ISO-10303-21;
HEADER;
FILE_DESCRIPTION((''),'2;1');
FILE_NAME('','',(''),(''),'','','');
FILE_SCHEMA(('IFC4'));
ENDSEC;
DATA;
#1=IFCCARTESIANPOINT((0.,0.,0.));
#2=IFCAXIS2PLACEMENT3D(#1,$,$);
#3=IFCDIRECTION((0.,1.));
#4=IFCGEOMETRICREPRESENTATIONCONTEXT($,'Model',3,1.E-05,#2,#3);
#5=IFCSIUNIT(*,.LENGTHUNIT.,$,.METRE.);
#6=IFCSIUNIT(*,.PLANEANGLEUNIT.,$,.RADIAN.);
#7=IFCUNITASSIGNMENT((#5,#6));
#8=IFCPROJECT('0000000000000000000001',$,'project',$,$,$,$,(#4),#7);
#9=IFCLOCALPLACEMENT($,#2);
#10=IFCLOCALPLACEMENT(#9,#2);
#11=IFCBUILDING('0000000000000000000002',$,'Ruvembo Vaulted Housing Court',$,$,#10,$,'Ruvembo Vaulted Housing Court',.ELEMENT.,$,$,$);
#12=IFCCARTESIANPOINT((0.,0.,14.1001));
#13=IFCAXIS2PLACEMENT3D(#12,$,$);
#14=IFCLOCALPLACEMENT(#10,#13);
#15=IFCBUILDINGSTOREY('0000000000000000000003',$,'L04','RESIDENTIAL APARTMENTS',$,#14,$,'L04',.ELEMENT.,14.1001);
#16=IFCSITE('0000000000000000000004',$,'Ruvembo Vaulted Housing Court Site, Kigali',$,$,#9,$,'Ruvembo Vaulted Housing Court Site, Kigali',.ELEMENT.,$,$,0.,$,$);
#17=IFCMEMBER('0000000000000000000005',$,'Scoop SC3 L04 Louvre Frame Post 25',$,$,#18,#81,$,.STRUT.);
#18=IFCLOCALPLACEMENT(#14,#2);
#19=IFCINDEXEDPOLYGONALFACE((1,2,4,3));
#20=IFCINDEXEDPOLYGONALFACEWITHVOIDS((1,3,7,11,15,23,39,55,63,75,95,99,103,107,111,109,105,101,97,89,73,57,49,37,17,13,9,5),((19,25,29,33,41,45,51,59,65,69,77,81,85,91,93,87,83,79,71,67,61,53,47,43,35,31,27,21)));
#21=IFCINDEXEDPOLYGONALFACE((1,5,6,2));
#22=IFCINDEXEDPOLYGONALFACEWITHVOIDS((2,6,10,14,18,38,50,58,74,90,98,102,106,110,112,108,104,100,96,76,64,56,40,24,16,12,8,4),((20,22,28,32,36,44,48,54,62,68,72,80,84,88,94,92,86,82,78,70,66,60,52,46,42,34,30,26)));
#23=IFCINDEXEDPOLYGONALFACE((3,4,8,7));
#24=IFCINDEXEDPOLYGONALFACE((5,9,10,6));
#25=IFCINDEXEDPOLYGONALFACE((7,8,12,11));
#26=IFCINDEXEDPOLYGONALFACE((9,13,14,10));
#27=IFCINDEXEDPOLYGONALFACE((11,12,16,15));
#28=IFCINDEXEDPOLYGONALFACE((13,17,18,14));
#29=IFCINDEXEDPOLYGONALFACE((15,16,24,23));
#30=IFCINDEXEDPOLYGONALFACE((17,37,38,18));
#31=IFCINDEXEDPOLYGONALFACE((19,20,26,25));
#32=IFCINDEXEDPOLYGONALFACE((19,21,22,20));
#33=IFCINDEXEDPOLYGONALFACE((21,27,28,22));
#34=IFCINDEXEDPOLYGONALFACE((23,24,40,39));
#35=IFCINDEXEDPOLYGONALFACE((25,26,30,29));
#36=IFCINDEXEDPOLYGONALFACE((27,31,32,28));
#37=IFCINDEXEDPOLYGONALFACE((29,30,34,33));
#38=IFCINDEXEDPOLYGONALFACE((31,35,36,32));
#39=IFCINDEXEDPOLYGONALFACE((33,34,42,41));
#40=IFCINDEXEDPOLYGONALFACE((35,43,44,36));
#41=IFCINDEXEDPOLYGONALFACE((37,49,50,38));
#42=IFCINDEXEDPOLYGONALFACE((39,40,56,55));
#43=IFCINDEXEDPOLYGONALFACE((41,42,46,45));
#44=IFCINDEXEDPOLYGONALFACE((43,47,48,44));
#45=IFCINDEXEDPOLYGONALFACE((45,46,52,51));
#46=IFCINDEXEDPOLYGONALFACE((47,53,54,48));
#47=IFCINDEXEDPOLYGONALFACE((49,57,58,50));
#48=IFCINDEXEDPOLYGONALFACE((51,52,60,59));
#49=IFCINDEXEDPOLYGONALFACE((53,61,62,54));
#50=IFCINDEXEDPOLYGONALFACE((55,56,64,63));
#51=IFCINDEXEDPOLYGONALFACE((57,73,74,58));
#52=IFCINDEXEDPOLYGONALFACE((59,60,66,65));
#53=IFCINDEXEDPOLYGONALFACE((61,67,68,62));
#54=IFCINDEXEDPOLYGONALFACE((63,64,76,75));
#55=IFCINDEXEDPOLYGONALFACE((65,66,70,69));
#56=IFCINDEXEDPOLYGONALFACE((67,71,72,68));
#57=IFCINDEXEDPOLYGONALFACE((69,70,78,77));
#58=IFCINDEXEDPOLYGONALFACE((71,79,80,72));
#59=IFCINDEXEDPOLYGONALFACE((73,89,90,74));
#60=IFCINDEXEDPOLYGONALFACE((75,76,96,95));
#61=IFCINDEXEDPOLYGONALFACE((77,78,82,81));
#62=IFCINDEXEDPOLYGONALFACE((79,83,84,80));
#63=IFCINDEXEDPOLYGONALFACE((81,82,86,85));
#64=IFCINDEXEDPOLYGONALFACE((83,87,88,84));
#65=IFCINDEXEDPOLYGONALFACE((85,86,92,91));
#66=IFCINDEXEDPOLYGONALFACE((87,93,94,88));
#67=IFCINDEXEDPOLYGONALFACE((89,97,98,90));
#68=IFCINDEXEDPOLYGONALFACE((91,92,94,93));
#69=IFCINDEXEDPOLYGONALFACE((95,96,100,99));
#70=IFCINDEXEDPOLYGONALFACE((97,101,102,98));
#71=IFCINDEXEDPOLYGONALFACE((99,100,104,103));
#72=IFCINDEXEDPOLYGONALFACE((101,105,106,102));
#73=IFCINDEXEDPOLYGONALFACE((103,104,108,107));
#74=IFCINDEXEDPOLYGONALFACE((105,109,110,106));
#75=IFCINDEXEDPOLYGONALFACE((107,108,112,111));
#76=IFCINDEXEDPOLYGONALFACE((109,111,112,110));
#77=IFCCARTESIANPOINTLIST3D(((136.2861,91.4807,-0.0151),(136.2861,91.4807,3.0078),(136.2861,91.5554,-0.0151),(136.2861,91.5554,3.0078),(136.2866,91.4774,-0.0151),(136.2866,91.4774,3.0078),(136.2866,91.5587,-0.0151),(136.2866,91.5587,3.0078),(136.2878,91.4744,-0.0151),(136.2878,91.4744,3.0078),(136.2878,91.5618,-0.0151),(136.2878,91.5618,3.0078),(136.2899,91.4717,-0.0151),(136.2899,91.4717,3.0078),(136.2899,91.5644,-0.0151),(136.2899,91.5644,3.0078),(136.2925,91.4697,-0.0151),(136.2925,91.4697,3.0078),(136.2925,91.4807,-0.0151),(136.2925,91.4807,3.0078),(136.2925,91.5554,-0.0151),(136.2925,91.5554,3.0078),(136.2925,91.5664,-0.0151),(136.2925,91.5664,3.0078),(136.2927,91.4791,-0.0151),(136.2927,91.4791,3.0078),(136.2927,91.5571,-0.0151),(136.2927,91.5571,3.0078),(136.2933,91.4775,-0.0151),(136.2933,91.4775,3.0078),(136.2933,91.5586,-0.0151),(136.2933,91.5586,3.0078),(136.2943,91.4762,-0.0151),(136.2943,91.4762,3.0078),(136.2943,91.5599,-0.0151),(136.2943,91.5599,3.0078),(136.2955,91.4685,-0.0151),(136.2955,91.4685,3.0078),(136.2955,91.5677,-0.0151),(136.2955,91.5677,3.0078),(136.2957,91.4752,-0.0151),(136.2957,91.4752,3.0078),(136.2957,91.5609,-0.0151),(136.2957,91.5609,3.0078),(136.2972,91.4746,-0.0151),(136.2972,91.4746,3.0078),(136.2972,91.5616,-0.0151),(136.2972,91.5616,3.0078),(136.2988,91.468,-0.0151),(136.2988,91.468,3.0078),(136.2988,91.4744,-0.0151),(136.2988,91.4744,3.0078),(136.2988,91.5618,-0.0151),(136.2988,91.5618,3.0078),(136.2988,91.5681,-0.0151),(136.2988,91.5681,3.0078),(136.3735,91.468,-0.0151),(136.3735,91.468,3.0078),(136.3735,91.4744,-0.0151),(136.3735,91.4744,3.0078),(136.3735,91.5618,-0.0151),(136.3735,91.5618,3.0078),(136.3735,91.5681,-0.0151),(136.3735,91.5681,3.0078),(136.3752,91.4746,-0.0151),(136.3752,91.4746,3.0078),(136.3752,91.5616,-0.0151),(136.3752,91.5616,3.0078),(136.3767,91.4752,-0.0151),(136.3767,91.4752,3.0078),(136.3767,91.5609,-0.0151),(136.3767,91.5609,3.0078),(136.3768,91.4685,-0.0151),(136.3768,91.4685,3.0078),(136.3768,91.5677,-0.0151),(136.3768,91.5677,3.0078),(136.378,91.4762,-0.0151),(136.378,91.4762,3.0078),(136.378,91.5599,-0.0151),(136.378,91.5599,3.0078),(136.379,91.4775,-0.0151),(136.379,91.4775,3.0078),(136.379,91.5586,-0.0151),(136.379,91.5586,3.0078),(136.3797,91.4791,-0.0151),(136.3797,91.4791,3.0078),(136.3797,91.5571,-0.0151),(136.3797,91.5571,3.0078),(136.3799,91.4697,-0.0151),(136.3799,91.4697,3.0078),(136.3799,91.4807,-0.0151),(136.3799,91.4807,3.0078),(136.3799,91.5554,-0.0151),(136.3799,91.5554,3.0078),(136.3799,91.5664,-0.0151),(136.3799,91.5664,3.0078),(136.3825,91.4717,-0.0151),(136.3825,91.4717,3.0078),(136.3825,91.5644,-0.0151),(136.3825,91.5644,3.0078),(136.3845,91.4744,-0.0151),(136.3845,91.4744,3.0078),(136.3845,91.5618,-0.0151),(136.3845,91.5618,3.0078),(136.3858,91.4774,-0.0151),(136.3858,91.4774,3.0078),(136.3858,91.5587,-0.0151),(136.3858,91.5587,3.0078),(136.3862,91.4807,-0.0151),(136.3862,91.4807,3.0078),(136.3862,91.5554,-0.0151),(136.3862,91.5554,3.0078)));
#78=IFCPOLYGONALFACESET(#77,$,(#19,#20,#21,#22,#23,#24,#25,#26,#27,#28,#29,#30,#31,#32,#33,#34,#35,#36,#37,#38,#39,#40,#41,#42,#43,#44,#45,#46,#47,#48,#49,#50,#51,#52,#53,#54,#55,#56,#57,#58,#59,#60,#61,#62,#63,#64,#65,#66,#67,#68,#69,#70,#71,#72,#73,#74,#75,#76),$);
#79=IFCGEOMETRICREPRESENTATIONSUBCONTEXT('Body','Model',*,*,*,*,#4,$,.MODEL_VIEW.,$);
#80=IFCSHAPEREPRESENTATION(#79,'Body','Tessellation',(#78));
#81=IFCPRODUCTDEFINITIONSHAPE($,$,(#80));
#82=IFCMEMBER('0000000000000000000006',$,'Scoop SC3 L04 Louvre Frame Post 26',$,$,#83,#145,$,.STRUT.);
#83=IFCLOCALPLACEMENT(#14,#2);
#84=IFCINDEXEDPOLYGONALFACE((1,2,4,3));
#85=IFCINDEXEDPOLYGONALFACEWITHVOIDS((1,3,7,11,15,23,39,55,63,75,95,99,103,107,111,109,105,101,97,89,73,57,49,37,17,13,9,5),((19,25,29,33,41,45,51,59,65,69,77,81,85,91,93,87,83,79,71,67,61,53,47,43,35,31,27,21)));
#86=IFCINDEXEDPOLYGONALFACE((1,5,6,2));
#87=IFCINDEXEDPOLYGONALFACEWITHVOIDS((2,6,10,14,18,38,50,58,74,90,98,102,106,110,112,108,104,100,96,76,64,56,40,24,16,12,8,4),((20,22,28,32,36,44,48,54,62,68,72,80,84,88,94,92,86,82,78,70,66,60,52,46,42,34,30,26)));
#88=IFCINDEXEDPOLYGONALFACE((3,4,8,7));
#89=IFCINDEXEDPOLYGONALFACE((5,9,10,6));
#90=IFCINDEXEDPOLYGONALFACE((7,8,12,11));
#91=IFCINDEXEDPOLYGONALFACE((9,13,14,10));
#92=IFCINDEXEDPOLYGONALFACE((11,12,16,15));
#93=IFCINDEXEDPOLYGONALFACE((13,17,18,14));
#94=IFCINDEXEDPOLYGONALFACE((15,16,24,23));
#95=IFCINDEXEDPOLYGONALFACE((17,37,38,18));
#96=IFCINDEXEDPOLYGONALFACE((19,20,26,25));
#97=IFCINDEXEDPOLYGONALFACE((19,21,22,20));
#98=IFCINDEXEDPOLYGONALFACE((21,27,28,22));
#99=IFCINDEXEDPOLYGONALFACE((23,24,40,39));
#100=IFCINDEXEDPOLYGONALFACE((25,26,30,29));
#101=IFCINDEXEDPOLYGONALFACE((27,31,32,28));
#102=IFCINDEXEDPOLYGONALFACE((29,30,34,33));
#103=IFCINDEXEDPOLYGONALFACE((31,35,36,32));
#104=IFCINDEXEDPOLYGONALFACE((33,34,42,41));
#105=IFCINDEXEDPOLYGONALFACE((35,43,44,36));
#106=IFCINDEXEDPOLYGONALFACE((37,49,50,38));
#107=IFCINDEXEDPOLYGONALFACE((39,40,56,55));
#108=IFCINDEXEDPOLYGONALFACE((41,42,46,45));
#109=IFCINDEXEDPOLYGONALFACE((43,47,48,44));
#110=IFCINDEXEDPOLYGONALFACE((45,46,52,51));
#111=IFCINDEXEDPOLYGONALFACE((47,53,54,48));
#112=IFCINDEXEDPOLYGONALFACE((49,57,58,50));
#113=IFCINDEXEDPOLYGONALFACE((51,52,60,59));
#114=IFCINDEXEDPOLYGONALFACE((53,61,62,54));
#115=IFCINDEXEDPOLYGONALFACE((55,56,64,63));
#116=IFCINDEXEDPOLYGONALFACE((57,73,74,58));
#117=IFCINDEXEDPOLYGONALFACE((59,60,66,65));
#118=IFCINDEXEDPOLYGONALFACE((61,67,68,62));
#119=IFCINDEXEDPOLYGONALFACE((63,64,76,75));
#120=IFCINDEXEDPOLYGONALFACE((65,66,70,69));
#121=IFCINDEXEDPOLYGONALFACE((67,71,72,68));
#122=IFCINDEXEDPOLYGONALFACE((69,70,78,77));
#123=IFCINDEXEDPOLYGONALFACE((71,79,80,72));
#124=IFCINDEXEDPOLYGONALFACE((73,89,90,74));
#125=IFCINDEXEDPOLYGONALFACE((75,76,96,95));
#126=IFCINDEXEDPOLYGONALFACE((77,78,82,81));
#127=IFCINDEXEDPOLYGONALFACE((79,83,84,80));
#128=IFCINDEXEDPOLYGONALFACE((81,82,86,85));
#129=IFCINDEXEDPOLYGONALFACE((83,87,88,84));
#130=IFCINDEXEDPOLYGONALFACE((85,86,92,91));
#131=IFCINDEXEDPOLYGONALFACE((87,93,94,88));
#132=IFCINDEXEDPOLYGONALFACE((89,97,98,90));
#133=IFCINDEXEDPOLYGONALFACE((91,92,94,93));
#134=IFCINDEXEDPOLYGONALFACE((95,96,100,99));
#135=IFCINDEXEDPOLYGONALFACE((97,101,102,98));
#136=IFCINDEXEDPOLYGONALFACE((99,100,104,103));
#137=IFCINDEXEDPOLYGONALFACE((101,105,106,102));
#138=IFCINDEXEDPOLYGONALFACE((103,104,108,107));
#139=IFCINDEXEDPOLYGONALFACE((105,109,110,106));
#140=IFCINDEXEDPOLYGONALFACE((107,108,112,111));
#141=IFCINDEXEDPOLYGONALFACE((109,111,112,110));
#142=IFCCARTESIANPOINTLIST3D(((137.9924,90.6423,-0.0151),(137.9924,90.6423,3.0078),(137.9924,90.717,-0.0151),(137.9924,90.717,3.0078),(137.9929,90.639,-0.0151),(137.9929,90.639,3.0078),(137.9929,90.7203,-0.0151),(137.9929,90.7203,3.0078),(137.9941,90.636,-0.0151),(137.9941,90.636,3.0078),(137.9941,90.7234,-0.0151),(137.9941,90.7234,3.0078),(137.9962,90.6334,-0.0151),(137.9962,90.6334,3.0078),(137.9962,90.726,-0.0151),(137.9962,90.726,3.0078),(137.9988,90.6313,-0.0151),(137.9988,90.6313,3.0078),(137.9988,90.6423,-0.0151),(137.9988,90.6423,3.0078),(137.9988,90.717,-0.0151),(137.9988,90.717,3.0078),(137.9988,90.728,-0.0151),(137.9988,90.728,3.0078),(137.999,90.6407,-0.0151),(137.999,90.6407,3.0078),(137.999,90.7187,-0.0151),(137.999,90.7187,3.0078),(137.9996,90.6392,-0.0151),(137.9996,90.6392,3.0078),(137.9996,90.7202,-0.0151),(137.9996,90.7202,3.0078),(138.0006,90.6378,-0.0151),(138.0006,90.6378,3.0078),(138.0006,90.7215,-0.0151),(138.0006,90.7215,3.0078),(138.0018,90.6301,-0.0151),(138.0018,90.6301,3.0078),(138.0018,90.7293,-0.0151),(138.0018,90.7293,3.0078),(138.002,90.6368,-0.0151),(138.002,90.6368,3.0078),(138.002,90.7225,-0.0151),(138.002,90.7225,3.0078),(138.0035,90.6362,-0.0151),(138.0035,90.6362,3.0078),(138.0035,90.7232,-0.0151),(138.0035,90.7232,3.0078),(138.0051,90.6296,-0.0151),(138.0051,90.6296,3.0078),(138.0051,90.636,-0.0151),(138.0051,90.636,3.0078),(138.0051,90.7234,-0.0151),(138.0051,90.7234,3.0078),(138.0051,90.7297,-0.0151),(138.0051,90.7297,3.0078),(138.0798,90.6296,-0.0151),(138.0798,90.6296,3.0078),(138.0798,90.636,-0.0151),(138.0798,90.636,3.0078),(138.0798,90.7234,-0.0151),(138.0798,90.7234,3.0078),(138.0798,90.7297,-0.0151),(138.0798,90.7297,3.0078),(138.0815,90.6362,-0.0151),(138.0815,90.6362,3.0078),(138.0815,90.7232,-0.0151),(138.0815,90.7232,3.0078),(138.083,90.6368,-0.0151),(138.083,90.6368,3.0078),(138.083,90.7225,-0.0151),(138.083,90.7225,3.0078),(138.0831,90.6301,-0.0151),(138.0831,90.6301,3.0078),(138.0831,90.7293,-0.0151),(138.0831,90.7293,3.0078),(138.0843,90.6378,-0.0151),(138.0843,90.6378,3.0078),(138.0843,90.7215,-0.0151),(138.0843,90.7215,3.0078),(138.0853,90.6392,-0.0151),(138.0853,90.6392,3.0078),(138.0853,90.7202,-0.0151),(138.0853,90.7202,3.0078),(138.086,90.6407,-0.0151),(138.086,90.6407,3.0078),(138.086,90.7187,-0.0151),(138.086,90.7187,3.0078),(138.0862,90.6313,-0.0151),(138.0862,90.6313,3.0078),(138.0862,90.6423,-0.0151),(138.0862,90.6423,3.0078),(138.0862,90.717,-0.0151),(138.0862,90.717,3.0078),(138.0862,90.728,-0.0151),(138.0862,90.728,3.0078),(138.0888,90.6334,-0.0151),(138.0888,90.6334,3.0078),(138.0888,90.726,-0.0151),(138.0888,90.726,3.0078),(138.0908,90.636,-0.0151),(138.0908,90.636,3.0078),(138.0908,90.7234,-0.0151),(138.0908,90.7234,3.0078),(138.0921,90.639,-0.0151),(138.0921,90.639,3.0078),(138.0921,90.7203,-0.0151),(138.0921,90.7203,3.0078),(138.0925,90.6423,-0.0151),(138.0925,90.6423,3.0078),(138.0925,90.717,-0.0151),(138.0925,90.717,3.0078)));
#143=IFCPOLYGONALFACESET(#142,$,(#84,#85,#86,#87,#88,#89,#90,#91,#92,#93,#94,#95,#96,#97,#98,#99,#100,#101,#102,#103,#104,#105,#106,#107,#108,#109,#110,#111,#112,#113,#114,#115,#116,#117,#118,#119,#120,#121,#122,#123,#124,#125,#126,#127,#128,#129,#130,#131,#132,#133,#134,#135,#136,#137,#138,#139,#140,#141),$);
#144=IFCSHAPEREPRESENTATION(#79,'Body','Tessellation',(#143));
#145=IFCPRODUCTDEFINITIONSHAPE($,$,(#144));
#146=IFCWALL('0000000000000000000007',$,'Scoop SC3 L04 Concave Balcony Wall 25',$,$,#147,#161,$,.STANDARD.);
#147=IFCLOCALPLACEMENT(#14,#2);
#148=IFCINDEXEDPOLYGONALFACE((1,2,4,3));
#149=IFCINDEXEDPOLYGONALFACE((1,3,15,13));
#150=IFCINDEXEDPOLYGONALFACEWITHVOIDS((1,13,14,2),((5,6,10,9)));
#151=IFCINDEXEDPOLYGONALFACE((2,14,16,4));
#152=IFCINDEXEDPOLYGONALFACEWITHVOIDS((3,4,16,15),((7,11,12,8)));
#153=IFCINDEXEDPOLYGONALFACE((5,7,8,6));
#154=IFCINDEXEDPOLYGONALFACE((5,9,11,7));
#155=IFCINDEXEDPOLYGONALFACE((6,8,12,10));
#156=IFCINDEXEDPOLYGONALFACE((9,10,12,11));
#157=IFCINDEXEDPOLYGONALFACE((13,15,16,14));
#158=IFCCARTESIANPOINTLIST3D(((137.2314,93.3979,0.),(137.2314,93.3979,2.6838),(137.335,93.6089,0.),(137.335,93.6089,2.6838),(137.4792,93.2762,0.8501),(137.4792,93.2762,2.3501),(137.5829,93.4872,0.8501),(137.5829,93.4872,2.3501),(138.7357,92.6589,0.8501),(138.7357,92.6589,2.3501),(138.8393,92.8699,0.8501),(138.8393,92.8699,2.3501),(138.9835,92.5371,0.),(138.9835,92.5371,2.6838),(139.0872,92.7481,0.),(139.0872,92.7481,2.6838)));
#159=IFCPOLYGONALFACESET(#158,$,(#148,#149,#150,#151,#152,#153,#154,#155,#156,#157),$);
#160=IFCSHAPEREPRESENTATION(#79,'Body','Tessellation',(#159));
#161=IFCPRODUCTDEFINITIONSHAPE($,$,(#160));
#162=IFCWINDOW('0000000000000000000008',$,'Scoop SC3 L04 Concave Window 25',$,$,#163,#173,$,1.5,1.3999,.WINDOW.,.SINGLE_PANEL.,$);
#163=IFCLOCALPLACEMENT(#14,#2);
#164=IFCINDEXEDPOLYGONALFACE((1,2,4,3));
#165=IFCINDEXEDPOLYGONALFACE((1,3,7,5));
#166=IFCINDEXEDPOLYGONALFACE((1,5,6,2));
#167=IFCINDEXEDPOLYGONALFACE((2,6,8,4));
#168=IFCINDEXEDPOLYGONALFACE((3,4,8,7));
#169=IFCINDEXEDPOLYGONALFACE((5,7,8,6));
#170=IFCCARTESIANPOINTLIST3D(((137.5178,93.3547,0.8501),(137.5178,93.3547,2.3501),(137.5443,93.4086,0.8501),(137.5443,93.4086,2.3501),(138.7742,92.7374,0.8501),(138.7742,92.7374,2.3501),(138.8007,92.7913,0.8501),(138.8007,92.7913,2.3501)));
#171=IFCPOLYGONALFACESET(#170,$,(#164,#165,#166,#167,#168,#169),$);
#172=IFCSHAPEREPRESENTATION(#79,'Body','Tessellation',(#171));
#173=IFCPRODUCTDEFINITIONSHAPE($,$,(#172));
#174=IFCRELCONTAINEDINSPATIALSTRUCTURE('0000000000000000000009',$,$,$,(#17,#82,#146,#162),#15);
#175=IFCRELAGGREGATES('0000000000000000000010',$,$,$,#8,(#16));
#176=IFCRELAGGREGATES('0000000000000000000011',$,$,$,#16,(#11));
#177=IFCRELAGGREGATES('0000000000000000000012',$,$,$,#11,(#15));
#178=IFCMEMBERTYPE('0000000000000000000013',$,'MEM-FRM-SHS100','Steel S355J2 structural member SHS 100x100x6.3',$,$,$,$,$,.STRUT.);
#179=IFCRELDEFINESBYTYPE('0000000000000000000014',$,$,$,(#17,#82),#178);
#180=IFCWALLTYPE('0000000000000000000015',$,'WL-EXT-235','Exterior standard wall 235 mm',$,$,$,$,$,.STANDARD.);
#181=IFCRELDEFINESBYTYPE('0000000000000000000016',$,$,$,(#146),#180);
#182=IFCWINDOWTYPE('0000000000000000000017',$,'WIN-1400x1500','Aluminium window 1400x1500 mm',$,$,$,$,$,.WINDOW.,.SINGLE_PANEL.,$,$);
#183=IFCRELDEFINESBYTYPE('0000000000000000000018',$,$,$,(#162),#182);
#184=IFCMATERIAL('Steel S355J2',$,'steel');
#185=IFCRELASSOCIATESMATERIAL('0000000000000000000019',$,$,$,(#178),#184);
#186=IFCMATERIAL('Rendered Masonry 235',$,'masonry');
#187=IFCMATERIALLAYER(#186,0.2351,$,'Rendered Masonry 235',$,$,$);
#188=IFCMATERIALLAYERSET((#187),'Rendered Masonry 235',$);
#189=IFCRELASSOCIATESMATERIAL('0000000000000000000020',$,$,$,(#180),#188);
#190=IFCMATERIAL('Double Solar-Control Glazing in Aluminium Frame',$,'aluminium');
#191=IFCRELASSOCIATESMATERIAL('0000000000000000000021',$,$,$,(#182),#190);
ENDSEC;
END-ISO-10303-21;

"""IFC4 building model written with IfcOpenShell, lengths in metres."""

from ifc_helpers import new_model, si_unit, direction, frame, frame_2d, origin, origin_2d, place, context, subcontext, project, spatial, rectangle, hollow_rectangle, extrude, material, layer, layer_set, material_profile, profile_set, type_object, element, fill, save


model = new_model("IFC4")

# Units and contexts
model_context = context("Model", 3, precision=1e-05, world=origin(), true_north=direction((0.0, 1.0)))
body_context = subcontext(model_context, "Body", "Model", "MODEL_VIEW")
ifc_project = project(units=[si_unit("LENGTHUNIT", "METRE"), si_unit("PLANEANGLEUNIT", "RADIAN")], contexts=[model_context])

# Site, building, storey
site_placement = place(None, origin())
site = spatial("IfcSite", under=ifc_project, at=site_placement, Name="Ruvembo Vaulted Housing Court Site, Kigali", LongName="Ruvembo Vaulted Housing Court Site, Kigali", CompositionType="ELEMENT", RefElevation=0.0)
building_placement = place(site_placement, origin())
building = spatial("IfcBuilding", under=site, at=building_placement, Name="Ruvembo Vaulted Housing Court", LongName="Ruvembo Vaulted Housing Court", CompositionType="ELEMENT")
storey_placement = place(building_placement, frame((0.0, 0.0, 14.1001)))
storey = spatial("IfcBuildingStorey", under=building, at=storey_placement, Name="L04", Description="RESIDENTIAL APARTMENTS", LongName="L04", CompositionType="ELEMENT", Elevation=14.1001)

# Shared definitions
ifc_material_1 = material(Name="Steel S355J2", Category="steel")

# Members
ifc_material_profile_1 = material_profile(ifc_material_1, hollow_rectangle(XDim=0.1001, YDim=0.1001, WallThickness=0.0063, InnerFilletRadius=0.0063, OuterFilletRadius=0.0127, at=origin_2d()), Name="SHS 100x100x6.3")
ifc_profile_set_1 = profile_set([ifc_material_profile_1], Name="Steel S355J2")
member_type_1 = type_object("IfcMemberType", Name="MEM-FRM-SHS100", Description="Steel S355J2 structural member SHS 100x100x6.3", PredefinedType="STRUT", material=ifc_profile_set_1)
for number, where, z_axis, x_axis, name in (
    (1, (136.3362, 91.5181, -0.0151), (0.0, 0.0, 1.0), (1.0, 0.0, 0.0), "Scoop SC3 L04 Louvre Frame Post 25"),
    (2, (138.0425, 90.6797, -0.0151), (0.0, 0.0, 1.0), (1.0, 0.0, 0.0), "Scoop SC3 L04 Louvre Frame Post 26"),
):
    element("IfcMember", number, at=place(storey_placement, frame(where, z_axis=z_axis, x_axis=x_axis)), inside=storey, type_object=member_type_1, Name=name, PredefinedType="STRUT", context=body_context, shape_type="SweptSolid", body=[
        extrude(hollow_rectangle(XDim=0.1001, YDim=0.1001, WallThickness=0.0063, InnerFilletRadius=0.0063, OuterFilletRadius=0.0127, at=origin_2d()), origin(), (0.0, 0.0, 1.0), 3.0229),
    ])

# Wall, opening, window
ifc_material_2 = material(Name="Rendered Masonry 235", Category="masonry")
ifc_layer_1 = layer(ifc_material_2, 0.2351, Name="Rendered Masonry 235")
ifc_layer_set_1 = layer_set([ifc_layer_1], Name="Rendered Masonry 235")
wall_type = type_object("IfcWallType", Name="WL-EXT-235", Description="Exterior standard wall 235 mm", PredefinedType="STANDARD", material=ifc_layer_set_1)
wall_placement = place(storey_placement, frame((137.2832, 93.5034, 0.0), z_axis=(0.0, 0.0, 1.0), x_axis=(0.897532, -0.44095, 0.0)))
wall = element("IfcWall", 3, at=wall_placement, inside=storey, type_object=wall_type, Name="Scoop SC3 L04 Concave Balcony Wall 25", PredefinedType="STANDARD", context=body_context, shape_type="SweptSolid", body=[
    extrude(rectangle(XDim=1.9521, YDim=0.2351, at=frame_2d((0.9761, 0.0))), origin(), (0.0, 0.0, 1.0), 2.6838),
])
opening_placement = place(wall_placement, frame((0.2761, 0.0, 0.8501)))
opening = element("IfcOpeningElement", 4, at=opening_placement, cuts=wall, PredefinedType="OPENING", context=body_context, shape_type="SweptSolid", body=[
    extrude(rectangle(XDim=1.3999, YDim=1.5, at=frame_2d((0.7, 0.75))), frame((0.0, 0.1274, 0.0), z_axis=(0.0, -1.0, 0.0), x_axis=(1.0, 0.0, 0.0)), (0.0, 0.0, 1.0), 0.2551),
])
ifc_material_3 = material(Name="Double Solar-Control Glazing in Aluminium Frame", Category="aluminium")
window_type = type_object("IfcWindowType", Name="WIN-1400x1500", Description="Aluminium window 1400x1500 mm", PartitioningType="SINGLE_PANEL", PredefinedType="WINDOW", material=ifc_material_3)
window_placement = place(opening_placement, origin())
window = element("IfcWindow", 5, at=window_placement, inside=storey, type_object=window_type, Name="Scoop SC3 L04 Concave Window 25", OverallHeight=1.5, OverallWidth=1.3999, PartitioningType="SINGLE_PANEL", PredefinedType="WINDOW", context=body_context, shape_type="SweptSolid", body=[
    extrude(rectangle(XDim=1.3999, YDim=1.5, at=frame_2d((0.7, 0.75))), frame((0.0, 0.03, 0.0), z_axis=(0.0, -1.0, 0.0), x_axis=(1.0, 0.0, 0.0)), (0.0, 0.0, 1.0), 0.0601),
])
fill(opening, window)

save(model, "model.ifc")
